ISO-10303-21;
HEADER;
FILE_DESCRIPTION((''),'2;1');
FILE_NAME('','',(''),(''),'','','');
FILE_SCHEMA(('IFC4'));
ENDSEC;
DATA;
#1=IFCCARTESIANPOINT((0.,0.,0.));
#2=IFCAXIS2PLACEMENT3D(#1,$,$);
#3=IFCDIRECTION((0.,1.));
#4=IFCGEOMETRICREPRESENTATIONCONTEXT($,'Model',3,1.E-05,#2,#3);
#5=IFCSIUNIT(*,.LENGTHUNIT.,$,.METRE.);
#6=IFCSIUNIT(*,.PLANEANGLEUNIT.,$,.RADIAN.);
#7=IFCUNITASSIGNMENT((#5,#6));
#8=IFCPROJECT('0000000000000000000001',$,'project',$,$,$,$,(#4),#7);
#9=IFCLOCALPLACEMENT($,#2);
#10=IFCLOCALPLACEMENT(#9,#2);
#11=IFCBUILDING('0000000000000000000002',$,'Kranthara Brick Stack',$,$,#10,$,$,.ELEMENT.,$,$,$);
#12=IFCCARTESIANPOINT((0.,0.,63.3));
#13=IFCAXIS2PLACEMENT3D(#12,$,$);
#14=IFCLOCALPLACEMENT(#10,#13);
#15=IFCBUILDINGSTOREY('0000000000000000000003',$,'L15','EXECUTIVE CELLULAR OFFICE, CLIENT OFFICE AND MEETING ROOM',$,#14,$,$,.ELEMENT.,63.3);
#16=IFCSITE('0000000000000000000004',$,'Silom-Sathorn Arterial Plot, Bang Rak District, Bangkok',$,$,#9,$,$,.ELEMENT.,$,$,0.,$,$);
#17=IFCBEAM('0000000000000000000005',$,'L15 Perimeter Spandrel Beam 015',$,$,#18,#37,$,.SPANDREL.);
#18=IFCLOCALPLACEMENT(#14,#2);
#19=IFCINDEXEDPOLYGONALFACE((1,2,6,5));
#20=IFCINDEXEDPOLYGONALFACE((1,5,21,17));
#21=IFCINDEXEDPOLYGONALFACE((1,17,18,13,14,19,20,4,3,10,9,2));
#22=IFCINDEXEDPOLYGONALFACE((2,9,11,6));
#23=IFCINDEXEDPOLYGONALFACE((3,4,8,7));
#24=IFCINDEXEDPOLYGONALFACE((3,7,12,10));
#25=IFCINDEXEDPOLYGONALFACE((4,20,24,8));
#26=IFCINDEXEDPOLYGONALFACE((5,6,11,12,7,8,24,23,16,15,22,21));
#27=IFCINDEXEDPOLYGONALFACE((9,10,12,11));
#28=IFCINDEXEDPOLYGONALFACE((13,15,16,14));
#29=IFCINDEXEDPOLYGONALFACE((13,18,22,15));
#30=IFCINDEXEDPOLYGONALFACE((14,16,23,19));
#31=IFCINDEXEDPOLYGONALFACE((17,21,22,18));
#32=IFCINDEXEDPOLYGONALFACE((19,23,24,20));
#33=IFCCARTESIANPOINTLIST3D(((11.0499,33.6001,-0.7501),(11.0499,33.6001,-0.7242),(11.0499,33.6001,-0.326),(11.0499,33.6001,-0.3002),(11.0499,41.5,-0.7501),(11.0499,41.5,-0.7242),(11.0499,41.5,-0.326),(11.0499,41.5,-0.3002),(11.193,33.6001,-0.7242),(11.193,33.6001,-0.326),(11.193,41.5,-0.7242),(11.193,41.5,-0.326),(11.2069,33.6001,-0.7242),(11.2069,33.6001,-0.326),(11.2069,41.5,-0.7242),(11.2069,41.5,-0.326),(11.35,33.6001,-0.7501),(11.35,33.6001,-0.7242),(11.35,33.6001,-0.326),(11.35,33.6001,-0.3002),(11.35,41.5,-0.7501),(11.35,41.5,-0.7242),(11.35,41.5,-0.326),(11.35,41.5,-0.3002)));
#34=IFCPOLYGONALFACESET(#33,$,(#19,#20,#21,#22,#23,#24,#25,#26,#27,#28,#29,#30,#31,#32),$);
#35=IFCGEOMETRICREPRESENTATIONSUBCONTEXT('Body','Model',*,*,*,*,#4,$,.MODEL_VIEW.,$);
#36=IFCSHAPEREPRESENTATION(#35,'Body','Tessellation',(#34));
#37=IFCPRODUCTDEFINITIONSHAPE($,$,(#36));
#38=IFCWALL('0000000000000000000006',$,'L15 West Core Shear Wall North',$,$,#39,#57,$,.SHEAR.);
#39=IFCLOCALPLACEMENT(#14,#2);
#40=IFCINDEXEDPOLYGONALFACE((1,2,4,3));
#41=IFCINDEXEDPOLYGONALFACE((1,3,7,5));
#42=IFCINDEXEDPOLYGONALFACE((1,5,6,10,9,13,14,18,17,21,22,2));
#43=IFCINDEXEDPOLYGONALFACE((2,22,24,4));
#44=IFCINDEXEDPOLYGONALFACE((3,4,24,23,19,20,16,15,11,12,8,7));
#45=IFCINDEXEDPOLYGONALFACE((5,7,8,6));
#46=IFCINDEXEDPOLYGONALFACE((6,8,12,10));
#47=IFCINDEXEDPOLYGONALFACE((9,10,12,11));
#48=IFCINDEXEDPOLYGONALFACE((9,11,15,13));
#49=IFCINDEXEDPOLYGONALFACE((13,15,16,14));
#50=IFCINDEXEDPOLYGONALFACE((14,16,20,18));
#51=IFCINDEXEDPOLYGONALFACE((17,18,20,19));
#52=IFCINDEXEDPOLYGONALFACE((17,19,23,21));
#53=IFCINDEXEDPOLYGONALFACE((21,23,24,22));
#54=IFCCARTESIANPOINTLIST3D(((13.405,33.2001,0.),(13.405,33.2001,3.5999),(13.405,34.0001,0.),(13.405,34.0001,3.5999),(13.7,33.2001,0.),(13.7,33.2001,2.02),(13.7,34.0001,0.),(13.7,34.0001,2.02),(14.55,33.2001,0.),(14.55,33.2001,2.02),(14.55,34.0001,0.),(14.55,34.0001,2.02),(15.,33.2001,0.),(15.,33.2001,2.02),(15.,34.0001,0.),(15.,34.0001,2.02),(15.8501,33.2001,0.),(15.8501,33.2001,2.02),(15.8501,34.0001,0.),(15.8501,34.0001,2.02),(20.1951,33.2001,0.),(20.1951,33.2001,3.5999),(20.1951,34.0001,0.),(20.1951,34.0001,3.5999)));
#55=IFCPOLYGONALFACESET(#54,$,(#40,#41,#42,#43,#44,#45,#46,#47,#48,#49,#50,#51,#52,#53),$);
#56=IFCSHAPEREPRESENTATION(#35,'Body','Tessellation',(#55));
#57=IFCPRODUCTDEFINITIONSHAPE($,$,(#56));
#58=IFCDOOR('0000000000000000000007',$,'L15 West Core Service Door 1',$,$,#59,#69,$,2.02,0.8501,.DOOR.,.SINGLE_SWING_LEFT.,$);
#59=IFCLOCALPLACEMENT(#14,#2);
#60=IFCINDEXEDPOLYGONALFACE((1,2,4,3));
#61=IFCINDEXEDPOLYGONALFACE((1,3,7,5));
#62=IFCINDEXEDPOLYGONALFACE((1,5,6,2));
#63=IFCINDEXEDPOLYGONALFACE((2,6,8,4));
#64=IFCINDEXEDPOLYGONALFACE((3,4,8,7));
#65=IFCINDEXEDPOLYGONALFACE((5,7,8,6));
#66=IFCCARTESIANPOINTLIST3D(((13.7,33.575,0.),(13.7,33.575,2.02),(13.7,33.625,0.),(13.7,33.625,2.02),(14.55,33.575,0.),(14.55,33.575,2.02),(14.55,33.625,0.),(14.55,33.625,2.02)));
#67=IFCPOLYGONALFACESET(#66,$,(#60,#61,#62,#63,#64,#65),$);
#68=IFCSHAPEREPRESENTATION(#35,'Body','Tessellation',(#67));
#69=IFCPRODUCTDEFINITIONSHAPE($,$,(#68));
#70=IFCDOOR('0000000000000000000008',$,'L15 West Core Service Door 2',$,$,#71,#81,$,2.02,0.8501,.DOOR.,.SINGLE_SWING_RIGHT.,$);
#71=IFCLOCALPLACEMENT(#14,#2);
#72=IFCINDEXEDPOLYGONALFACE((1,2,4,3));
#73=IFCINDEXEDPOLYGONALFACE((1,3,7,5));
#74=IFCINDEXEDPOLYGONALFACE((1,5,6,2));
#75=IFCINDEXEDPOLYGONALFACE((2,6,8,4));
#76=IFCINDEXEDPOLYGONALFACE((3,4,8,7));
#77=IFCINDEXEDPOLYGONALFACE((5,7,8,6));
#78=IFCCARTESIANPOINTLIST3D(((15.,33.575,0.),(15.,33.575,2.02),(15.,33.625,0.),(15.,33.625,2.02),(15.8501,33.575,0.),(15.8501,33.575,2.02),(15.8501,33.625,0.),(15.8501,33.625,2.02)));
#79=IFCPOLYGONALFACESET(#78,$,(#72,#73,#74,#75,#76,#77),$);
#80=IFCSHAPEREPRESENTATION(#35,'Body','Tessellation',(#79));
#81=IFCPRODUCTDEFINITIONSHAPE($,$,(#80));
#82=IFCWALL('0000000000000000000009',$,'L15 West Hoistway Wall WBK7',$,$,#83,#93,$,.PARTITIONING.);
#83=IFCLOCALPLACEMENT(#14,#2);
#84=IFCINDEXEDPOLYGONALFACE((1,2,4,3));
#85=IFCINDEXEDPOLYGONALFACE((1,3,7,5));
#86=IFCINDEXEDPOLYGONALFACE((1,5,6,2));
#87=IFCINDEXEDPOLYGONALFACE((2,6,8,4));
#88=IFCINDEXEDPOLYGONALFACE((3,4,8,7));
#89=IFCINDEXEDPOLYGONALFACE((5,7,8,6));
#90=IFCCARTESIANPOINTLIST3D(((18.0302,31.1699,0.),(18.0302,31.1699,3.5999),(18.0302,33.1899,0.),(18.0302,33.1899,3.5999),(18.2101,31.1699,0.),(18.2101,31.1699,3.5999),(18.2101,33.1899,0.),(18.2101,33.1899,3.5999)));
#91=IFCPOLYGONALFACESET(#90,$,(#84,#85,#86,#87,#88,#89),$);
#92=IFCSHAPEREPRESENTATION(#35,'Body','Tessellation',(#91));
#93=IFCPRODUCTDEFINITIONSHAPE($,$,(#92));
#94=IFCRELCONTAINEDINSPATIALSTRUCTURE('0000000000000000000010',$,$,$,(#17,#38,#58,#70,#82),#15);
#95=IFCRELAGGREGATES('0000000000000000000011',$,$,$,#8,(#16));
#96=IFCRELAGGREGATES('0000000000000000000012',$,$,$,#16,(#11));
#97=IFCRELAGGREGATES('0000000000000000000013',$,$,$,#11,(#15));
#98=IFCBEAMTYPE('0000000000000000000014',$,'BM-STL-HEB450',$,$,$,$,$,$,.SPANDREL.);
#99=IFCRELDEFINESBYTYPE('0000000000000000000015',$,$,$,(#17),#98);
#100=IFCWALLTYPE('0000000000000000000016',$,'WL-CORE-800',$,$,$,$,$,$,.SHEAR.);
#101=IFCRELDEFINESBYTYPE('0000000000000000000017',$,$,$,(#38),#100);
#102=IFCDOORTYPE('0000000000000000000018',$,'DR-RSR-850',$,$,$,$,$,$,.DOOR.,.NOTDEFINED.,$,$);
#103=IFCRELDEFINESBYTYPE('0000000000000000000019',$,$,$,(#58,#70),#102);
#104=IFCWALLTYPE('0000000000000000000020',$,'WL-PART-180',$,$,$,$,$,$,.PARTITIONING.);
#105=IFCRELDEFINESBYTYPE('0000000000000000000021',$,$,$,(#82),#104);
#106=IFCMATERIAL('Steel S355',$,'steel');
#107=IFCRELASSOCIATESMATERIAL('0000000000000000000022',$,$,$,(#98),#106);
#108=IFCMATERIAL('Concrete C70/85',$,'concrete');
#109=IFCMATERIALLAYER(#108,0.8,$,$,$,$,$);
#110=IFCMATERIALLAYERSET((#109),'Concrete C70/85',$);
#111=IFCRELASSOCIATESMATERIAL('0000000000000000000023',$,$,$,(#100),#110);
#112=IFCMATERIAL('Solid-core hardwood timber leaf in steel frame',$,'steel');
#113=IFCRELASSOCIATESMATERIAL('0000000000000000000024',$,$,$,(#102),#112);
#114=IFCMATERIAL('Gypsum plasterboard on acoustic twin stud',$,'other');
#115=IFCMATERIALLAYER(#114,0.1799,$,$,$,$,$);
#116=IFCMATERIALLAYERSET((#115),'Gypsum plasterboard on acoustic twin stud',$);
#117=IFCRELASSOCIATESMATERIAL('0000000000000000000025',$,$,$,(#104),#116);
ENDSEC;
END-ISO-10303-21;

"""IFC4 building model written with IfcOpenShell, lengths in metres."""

from ifc_helpers import new_model, si_unit, direction, frame, frame_2d, origin, origin_2d, place, context, subcontext, project, spatial, rectangle, i_section, extrude, material, layer, layer_set, material_profile, profile_set, type_object, element, fill, save


model = new_model("IFC4")

# Units and contexts
model_context = context("Model", 3, precision=1e-05, world=origin(), true_north=direction((0.0, 1.0)))
body_context = subcontext(model_context, "Body", "Model", "MODEL_VIEW")
ifc_project = project(units=[si_unit("LENGTHUNIT", "METRE"), si_unit("PLANEANGLEUNIT", "RADIAN")], contexts=[model_context])

# Site, building, storey
site_placement = place(None, origin())
site = spatial("IfcSite", under=ifc_project, at=site_placement, Name="Silom-Sathorn Arterial Plot, Bang Rak District, Bangkok", CompositionType="ELEMENT", RefElevation=0.0)
building_placement = place(site_placement, origin())
building = spatial("IfcBuilding", under=site, at=building_placement, Name="Kranthara Brick Stack", CompositionType="ELEMENT")
storey_placement = place(building_placement, frame((0.0, 0.0, 63.3)))
storey = spatial("IfcBuildingStorey", under=building, at=storey_placement, Name="L15", Description="EXECUTIVE CELLULAR OFFICE, CLIENT OFFICE AND MEETING ROOM", CompositionType="ELEMENT", Elevation=63.3)

# Beam
ifc_material_1 = material(Name="Steel S355", Category="steel")
ifc_material_profile_1 = material_profile(ifc_material_1, i_section(OverallWidth=0.3, OverallDepth=0.45, WebThickness=0.0139, FlangeThickness=0.0259, at=origin_2d()), Name="HEB 450")
ifc_profile_set_1 = profile_set([ifc_material_profile_1], Name="Steel S355")
beam_type_1 = type_object("IfcBeamType", Name="BM-STL-HEB450", PredefinedType="SPANDREL", material=ifc_profile_set_1)
beam_1_placement = place(storey_placement, frame((11.2, 33.6001, -0.5251), z_axis=(0.0, 1.0, 0.0), x_axis=(-1.0, 0.0, 0.0)))
element("IfcBeam", 1, at=beam_1_placement, inside=storey, type_object=beam_type_1, Name="L15 Perimeter Spandrel Beam 015", PredefinedType="SPANDREL", context=body_context, shape_type="SweptSolid", body=[
    extrude(i_section(OverallWidth=0.3, OverallDepth=0.45, WebThickness=0.0139, FlangeThickness=0.0259, at=origin_2d()), origin(), (0.0, 0.0, 1.0), 7.8999),
])

# Wall, openings, doors
ifc_material_2 = material(Name="Concrete C70/85", Category="concrete")
ifc_layer_1 = layer(ifc_material_2, 0.8)
ifc_layer_set_1 = layer_set([ifc_layer_1], Name="Concrete C70/85")
wall_type_1 = type_object("IfcWallType", Name="WL-CORE-800", PredefinedType="SHEAR", material=ifc_layer_set_1)
wall_1_placement = place(storey_placement, frame((13.405, 33.6001, 0.0), z_axis=(0.0, 0.0, 1.0), x_axis=(1.0, 0.0, 0.0)))
wall_1 = element("IfcWall", 2, at=wall_1_placement, inside=storey, type_object=wall_type_1, Name="L15 West Core Shear Wall North", PredefinedType="SHEAR", context=body_context, shape_type="SweptSolid", body=[
    extrude(rectangle(XDim=6.79, YDim=0.8, at=frame_2d((3.395, 0.0))), origin(), (0.0, 0.0, 1.0), 3.5999),
])
opening_1_placement = place(wall_1_placement, frame((0.2949, 0.0, 0.0)))
opening_1 = element("IfcOpeningElement", 3, at=opening_1_placement, cuts=wall_1, PredefinedType="OPENING", context=body_context, shape_type="SweptSolid", body=[
    extrude(rectangle(XDim=0.8501, YDim=2.02, at=frame_2d((0.425, 1.01))), frame((0.0, 0.4099, 0.0), z_axis=(0.0, -1.0, 0.0), x_axis=(1.0, 0.0, 0.0)), (0.0, 0.0, 1.0), 0.8201),
])
opening_2_placement = place(wall_1_placement, frame((1.595, 0.0, 0.0)))
opening_2 = element("IfcOpeningElement", 4, at=opening_2_placement, cuts=wall_1, PredefinedType="OPENING", context=body_context, shape_type="SweptSolid", body=[
    extrude(rectangle(XDim=0.8501, YDim=2.02, at=frame_2d((0.425, 1.01))), frame((0.0, 0.4099, 0.0), z_axis=(0.0, -1.0, 0.0), x_axis=(1.0, 0.0, 0.0)), (0.0, 0.0, 1.0), 0.8201),
])
ifc_material_3 = material(Name="Solid-core hardwood timber leaf in steel frame", Category="steel")
door_type = type_object("IfcDoorType", Name="DR-RSR-850", OperationType="NOTDEFINED", PredefinedType="DOOR", material=ifc_material_3)
door_1_placement = place(opening_1_placement, origin())
door_1 = element("IfcDoor", 5, at=door_1_placement, inside=storey, type_object=door_type, Name="L15 West Core Service Door 1", OperationType="SINGLE_SWING_LEFT", OverallHeight=2.02, OverallWidth=0.8501, PredefinedType="DOOR", context=body_context, shape_type="SweptSolid", body=[
    extrude(rectangle(XDim=0.8501, YDim=2.02, at=frame_2d((0.425, 1.01))), frame((0.0, 0.0249, 0.0), z_axis=(0.0, -1.0, 0.0), x_axis=(1.0, 0.0, 0.0)), (0.0, 0.0, 1.0), 0.05),
])
fill(opening_1, door_1)
door_2_placement = place(opening_2_placement, origin())
door_2 = element("IfcDoor", 6, at=door_2_placement, inside=storey, type_object=door_type, Name="L15 West Core Service Door 2", OperationType="SINGLE_SWING_RIGHT", OverallHeight=2.02, OverallWidth=0.8501, PredefinedType="DOOR", context=body_context, shape_type="SweptSolid", body=[
    extrude(rectangle(XDim=0.8501, YDim=2.02, at=frame_2d((0.425, 1.01))), frame((0.0, 0.0249, 0.0), z_axis=(0.0, -1.0, 0.0), x_axis=(1.0, 0.0, 0.0)), (0.0, 0.0, 1.0), 0.05),
])
fill(opening_2, door_2)

# Wall
ifc_material_4 = material(Name="Gypsum plasterboard on acoustic twin stud", Category="other")
ifc_layer_2 = layer(ifc_material_4, 0.1799)
ifc_layer_set_2 = layer_set([ifc_layer_2], Name="Gypsum plasterboard on acoustic twin stud")
wall_type_2 = type_object("IfcWallType", Name="WL-PART-180", PredefinedType="PARTITIONING", material=ifc_layer_set_2)
wall_2_placement = place(storey_placement, frame((18.1201, 31.1699, 0.0), z_axis=(0.0, 0.0, 1.0), x_axis=(0.0, 1.0, 0.0)))
element("IfcWall", 7, at=wall_2_placement, inside=storey, type_object=wall_type_2, Name="L15 West Hoistway Wall WBK7", PredefinedType="PARTITIONING", context=body_context, shape_type="SweptSolid", body=[
    extrude(rectangle(XDim=2.02, YDim=0.1799, at=frame_2d((1.01, 0.0))), origin(), (0.0, 0.0, 1.0), 3.5999),
])

save(model, "model.ifc")
